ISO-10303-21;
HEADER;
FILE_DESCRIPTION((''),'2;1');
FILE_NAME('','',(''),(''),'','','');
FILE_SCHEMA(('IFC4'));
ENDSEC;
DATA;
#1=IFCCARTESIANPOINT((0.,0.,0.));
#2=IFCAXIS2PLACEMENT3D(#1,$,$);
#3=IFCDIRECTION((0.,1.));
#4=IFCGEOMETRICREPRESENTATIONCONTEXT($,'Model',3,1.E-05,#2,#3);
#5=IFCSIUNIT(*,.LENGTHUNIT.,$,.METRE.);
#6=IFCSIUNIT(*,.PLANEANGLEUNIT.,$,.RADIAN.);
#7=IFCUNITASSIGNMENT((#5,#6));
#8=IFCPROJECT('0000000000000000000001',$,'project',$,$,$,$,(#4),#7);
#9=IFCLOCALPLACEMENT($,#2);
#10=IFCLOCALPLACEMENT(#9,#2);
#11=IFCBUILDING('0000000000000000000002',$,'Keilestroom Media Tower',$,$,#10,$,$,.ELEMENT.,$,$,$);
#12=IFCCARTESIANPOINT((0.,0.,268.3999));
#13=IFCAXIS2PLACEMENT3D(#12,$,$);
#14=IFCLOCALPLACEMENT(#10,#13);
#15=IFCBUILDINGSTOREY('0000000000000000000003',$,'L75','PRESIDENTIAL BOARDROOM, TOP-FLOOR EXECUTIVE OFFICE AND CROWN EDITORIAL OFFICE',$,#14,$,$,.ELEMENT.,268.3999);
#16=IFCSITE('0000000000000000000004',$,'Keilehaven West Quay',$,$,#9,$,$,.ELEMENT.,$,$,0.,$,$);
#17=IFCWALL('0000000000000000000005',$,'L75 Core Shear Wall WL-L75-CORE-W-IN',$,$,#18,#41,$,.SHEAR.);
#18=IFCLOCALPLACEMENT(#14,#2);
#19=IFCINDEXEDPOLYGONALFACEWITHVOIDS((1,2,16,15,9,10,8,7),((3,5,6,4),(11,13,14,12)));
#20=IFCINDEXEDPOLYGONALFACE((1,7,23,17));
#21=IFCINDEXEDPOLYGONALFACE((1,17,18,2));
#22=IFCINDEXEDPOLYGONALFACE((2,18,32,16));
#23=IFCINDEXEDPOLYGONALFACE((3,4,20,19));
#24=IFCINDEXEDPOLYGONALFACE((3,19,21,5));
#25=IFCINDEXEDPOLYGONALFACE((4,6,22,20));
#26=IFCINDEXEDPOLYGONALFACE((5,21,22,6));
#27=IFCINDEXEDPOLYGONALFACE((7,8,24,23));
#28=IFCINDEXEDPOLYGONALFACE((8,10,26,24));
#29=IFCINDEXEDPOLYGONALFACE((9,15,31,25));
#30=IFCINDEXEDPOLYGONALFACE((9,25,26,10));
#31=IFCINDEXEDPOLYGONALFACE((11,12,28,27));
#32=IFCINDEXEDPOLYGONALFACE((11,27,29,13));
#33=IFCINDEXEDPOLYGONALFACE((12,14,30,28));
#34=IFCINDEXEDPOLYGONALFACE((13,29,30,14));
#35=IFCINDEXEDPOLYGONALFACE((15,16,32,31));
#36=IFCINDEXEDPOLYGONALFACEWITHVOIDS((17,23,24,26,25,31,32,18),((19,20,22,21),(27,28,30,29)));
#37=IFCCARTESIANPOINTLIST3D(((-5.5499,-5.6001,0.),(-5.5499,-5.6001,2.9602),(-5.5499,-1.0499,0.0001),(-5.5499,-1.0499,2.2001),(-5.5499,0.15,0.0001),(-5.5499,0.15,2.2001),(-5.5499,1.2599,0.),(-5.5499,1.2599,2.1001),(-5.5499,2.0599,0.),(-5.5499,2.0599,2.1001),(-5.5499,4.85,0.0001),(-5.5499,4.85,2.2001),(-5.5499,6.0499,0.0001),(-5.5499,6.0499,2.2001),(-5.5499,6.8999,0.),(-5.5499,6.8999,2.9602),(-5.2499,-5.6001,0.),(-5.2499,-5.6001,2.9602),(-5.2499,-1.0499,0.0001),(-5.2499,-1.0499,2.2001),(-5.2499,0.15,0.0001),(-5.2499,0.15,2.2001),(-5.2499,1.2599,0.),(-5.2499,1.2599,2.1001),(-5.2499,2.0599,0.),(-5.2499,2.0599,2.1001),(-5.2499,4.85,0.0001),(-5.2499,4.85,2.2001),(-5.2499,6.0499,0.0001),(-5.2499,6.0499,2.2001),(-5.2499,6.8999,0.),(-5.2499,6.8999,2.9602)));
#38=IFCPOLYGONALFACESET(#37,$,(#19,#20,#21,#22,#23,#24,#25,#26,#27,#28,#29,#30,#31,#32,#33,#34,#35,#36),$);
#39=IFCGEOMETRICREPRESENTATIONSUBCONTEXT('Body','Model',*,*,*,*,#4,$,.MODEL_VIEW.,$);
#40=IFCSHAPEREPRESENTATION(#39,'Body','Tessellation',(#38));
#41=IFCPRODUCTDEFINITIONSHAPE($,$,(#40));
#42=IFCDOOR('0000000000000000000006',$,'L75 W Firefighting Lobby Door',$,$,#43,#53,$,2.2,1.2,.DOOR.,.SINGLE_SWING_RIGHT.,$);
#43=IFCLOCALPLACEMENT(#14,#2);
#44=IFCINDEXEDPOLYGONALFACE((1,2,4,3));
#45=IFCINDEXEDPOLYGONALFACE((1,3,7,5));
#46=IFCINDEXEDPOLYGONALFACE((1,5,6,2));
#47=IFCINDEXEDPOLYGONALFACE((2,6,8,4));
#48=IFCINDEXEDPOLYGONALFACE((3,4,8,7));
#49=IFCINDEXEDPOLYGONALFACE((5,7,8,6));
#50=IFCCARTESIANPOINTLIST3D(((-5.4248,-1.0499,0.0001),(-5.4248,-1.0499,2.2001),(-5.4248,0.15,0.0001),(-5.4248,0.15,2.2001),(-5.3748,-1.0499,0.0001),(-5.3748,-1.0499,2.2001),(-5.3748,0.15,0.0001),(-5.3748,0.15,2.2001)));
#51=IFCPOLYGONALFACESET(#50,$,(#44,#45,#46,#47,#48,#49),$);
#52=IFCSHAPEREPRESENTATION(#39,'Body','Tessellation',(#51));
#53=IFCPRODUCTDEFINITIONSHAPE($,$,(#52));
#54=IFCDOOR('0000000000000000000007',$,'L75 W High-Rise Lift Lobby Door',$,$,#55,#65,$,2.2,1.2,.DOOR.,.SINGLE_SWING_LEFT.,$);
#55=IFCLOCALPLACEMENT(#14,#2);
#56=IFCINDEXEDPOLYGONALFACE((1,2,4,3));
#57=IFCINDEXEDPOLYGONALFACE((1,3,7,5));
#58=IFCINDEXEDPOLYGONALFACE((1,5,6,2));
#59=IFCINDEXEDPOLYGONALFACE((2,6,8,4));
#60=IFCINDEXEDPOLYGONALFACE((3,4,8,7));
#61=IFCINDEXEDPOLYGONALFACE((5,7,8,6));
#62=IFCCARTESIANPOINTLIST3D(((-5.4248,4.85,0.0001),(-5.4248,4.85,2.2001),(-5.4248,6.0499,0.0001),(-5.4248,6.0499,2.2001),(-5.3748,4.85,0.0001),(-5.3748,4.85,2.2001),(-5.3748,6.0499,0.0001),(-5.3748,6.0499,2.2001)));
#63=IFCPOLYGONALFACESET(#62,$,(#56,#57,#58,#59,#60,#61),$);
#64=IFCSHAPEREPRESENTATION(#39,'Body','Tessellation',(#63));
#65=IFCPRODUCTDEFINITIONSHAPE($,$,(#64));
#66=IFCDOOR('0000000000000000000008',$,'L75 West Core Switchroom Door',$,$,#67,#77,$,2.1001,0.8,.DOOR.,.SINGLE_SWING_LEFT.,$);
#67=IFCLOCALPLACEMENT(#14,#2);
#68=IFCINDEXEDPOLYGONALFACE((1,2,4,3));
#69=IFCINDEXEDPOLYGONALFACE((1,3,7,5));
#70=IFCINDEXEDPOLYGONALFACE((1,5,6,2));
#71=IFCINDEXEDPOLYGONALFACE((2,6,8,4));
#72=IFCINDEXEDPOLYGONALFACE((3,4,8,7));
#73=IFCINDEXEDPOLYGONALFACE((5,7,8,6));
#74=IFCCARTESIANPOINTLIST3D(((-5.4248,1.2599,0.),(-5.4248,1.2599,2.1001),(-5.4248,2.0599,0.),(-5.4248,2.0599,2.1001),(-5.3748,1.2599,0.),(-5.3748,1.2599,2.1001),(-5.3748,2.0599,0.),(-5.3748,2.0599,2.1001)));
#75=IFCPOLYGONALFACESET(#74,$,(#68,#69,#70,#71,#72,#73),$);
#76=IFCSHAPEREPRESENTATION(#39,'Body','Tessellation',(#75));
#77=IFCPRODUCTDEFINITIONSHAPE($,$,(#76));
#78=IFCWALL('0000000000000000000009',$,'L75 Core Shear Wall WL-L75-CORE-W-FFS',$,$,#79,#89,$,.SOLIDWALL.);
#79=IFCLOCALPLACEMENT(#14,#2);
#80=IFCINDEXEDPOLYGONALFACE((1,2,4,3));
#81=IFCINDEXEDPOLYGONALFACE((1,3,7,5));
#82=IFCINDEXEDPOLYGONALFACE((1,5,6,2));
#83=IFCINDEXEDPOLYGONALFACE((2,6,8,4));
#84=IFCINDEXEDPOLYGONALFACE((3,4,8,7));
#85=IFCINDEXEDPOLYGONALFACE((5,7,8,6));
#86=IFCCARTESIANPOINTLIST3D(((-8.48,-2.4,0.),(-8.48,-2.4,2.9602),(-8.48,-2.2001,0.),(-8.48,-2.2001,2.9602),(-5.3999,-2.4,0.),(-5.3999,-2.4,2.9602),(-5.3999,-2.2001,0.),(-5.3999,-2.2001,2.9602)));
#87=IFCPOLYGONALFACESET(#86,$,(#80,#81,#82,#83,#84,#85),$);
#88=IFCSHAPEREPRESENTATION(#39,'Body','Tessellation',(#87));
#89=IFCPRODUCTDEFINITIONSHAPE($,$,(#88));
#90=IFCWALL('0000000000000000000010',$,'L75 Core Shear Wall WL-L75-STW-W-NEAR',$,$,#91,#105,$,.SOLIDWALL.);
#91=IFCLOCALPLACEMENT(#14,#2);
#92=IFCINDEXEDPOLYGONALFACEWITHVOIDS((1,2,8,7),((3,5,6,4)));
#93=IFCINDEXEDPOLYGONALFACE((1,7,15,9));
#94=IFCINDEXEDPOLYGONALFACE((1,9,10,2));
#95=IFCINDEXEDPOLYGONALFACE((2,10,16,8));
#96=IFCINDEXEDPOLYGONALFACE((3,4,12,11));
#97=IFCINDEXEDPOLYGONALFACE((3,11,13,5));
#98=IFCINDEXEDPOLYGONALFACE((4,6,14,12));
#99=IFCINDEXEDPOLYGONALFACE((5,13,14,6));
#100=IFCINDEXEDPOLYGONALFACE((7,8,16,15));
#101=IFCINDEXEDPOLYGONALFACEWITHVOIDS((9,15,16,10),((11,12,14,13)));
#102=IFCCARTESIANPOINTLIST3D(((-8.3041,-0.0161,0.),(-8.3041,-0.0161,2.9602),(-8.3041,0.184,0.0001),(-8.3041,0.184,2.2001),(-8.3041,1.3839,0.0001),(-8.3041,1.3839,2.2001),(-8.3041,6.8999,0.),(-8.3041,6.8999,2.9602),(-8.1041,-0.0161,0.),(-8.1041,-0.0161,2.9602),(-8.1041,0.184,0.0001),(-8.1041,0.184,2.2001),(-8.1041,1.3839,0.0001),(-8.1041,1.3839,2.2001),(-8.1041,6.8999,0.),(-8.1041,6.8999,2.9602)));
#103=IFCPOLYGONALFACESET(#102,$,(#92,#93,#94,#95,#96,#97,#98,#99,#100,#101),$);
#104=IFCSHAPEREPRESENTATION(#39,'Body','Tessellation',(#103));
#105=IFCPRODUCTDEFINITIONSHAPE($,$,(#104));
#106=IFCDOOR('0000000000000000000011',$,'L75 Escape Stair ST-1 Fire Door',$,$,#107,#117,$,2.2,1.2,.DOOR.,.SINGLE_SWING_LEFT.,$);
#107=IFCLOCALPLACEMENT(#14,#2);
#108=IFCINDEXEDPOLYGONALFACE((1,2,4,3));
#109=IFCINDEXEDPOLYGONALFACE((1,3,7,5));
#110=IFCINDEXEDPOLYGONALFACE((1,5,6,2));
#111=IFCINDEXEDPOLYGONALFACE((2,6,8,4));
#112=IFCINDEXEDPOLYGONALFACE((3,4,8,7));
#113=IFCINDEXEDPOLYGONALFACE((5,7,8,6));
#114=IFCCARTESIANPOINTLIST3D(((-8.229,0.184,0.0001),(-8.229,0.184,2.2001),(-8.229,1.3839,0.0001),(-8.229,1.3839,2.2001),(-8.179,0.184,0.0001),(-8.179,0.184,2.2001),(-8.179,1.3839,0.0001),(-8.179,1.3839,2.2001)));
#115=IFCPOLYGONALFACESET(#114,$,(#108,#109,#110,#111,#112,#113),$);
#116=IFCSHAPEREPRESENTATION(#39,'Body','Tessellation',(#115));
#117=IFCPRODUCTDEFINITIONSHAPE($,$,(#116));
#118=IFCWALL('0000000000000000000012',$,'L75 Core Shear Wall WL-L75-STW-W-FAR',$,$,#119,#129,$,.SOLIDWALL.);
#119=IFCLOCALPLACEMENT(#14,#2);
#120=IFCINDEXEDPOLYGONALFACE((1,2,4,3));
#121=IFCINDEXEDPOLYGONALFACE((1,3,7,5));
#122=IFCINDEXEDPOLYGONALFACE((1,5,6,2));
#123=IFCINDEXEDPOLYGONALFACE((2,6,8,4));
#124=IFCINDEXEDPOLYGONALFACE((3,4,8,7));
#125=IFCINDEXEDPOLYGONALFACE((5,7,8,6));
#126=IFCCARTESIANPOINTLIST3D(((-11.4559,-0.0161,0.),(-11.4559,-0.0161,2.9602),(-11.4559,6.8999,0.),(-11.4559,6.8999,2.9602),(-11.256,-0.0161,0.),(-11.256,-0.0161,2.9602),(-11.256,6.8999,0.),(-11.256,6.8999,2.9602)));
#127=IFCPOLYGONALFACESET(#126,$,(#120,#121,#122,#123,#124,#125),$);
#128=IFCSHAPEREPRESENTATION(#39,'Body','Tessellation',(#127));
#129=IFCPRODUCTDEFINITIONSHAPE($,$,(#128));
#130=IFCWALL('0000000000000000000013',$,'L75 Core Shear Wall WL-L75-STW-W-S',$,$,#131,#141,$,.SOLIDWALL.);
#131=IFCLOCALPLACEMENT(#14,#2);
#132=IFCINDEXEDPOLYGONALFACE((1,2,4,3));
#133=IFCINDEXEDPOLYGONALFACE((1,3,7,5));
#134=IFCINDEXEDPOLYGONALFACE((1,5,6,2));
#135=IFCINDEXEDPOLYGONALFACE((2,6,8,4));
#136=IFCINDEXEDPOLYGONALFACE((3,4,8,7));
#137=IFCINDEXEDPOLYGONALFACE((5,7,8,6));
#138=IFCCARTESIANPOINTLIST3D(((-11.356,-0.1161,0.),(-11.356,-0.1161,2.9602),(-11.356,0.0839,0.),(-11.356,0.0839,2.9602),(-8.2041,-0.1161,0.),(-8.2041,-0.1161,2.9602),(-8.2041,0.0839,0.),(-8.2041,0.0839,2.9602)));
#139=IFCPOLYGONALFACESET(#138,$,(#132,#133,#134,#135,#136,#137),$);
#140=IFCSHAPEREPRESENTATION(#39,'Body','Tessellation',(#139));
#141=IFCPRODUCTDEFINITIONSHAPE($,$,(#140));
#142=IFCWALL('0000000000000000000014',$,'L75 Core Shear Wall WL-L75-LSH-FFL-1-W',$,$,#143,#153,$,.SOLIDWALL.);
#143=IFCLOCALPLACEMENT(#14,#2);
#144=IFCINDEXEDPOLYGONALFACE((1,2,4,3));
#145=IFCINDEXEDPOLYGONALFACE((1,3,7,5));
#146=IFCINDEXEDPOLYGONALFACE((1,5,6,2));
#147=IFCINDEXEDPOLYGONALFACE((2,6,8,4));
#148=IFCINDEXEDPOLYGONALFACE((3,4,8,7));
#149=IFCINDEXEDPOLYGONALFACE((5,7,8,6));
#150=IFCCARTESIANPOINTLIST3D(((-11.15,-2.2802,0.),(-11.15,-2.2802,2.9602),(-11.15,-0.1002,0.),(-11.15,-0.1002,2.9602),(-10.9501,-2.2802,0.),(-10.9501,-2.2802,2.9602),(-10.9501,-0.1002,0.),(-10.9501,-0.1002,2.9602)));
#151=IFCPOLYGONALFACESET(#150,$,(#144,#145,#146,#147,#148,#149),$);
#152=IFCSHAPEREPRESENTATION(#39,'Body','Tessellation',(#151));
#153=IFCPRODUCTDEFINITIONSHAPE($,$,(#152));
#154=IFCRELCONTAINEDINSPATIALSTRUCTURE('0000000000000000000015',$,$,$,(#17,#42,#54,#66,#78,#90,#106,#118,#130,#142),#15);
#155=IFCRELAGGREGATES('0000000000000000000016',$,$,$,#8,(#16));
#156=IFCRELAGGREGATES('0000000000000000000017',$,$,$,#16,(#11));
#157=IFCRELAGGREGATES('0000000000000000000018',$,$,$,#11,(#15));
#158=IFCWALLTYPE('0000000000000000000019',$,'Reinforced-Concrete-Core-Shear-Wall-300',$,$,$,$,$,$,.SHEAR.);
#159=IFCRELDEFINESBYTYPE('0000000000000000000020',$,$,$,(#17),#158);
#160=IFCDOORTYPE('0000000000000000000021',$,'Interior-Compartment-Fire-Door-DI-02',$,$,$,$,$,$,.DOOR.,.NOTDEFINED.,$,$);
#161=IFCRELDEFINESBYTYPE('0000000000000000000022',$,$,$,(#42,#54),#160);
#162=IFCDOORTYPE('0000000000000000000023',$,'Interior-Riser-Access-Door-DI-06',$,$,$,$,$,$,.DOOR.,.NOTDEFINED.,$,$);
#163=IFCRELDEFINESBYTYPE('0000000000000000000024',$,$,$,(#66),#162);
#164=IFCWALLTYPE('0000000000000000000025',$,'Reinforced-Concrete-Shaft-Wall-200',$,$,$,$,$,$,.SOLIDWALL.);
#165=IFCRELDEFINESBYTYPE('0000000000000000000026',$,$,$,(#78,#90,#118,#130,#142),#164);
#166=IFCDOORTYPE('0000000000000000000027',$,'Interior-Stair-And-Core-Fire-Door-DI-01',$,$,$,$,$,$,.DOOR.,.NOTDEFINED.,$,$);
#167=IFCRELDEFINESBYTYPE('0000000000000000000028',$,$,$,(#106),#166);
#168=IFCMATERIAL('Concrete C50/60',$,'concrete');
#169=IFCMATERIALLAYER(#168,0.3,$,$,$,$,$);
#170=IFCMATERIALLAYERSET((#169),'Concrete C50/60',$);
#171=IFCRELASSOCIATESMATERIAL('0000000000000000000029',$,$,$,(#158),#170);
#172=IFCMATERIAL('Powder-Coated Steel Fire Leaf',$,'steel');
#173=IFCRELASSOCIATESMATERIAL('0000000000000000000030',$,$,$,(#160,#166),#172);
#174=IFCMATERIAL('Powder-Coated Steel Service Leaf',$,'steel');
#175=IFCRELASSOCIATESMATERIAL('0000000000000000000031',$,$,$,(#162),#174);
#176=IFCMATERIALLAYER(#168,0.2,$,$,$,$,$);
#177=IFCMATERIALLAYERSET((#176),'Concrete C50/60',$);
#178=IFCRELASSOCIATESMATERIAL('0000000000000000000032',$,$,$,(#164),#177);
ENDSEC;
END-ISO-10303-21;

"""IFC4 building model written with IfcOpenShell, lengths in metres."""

from ifc_helpers import new_model, si_unit, direction, frame, frame_2d, origin, place, context, subcontext, project, spatial, rectangle, extrude, source, transform, mapped, material, layer, layer_set, type_object, element, fill, save


model = new_model("IFC4")

# Units and contexts
model_context = context("Model", 3, precision=1e-05, world=origin(), true_north=direction((0.0, 1.0)))
body_context = subcontext(model_context, "Body", "Model", "MODEL_VIEW")
ifc_project = project(units=[si_unit("LENGTHUNIT", "METRE"), si_unit("PLANEANGLEUNIT", "RADIAN")], contexts=[model_context])

# Site, building, storey
site_placement = place(None, origin())
site = spatial("IfcSite", under=ifc_project, at=site_placement, Name="Keilehaven West Quay", CompositionType="ELEMENT", RefElevation=0.0)
building_placement = place(site_placement, origin())
building = spatial("IfcBuilding", under=site, at=building_placement, Name="Keilestroom Media Tower", CompositionType="ELEMENT")
storey_placement = place(building_placement, frame((0.0, 0.0, 268.3999)))
storey = spatial("IfcBuildingStorey", under=building, at=storey_placement, Name="L75", Description="PRESIDENTIAL BOARDROOM, TOP-FLOOR EXECUTIVE OFFICE AND CROWN EDITORIAL OFFICE", CompositionType="ELEMENT", Elevation=268.3999)

# Wall, openings, doors
ifc_material_1 = material(Name="Concrete C50/60", Category="concrete")
ifc_layer_1 = layer(ifc_material_1, 0.3)
ifc_layer_set_1 = layer_set([ifc_layer_1], Name="Concrete C50/60")
wall_type_1 = type_object("IfcWallType", Name="Reinforced-Concrete-Core-Shear-Wall-300", PredefinedType="SHEAR", material=ifc_layer_set_1)
wall_1_placement = place(storey_placement, frame((-5.3999, -5.6001, 0.0), z_axis=(0.0, 0.0, 1.0), x_axis=(0.0, 1.0, 0.0)))
wall_1 = element("IfcWall", 1, at=wall_1_placement, inside=storey, type_object=wall_type_1, Name="L75 Core Shear Wall WL-L75-CORE-W-IN", PredefinedType="SHEAR", context=body_context, shape_type="SweptSolid", body=[
    extrude(rectangle(XDim=12.5, YDim=0.3, at=frame_2d((6.25, 0.0))), origin(), (0.0, 0.0, 1.0), 2.9602),
])
opening_1_placement = place(wall_1_placement, frame((4.55, 0.0, 0.0)))
opening_1 = element("IfcOpeningElement", 2, at=opening_1_placement, cuts=wall_1, PredefinedType="OPENING", context=body_context, shape_type="SweptSolid", body=[
    extrude(rectangle(XDim=1.2, YDim=2.2, at=frame_2d((0.6001, 1.1001))), frame((0.0, 0.1602, 0.0), z_axis=(0.0, -1.0, 0.0), x_axis=(1.0, 0.0, 0.0)), (0.0, 0.0, 1.0), 0.3201),
])
opening_2_placement = place(wall_1_placement, frame((10.45, 0.0, 0.0)))
opening_2 = element("IfcOpeningElement", 3, at=opening_2_placement, cuts=wall_1, PredefinedType="OPENING", context=body_context, shape_type="SweptSolid", body=[
    extrude(rectangle(XDim=1.2, YDim=2.2, at=frame_2d((0.6001, 1.1001))), frame((0.0, 0.1602, 0.0), z_axis=(0.0, -1.0, 0.0), x_axis=(1.0, 0.0, 0.0)), (0.0, 0.0, 1.0), 0.3201),
])
opening_3_placement = place(wall_1_placement, frame((6.8601, 0.0, 0.0)))
opening_3 = element("IfcOpeningElement", 4, at=opening_3_placement, cuts=wall_1, PredefinedType="OPENING", context=body_context, shape_type="SweptSolid", body=[
    extrude(rectangle(XDim=0.8, YDim=2.1001, at=frame_2d((0.3999, 1.05))), frame((0.0, 0.1602, 0.0), z_axis=(0.0, -1.0, 0.0), x_axis=(1.0, 0.0, 0.0)), (0.0, 0.0, 1.0), 0.3201),
])
ifc_material_2 = material(Name="Powder-Coated Steel Fire Leaf", Category="steel")
door_type_1 = type_object("IfcDoorType", Name="Interior-Compartment-Fire-Door-DI-02", OperationType="NOTDEFINED", PredefinedType="DOOR", material=ifc_material_2)
shared_shape_1 = source(origin(), body_context, "Body", "SweptSolid", [
    extrude(rectangle(XDim=1.2, YDim=2.2, at=frame_2d((0.6001, 1.1001))), frame((0.0, 0.0249, 0.0), z_axis=(0.0, -1.0, 0.0), x_axis=(1.0, 0.0, 0.0)), (0.0, 0.0, 1.0), 0.05),
])
door_1_placement = place(opening_1_placement, origin())
door_1 = element("IfcDoor", 5, at=door_1_placement, inside=storey, type_object=door_type_1, Name="L75 W Firefighting Lobby Door", OperationType="SINGLE_SWING_RIGHT", OverallHeight=2.2, OverallWidth=1.2, PredefinedType="DOOR", context=body_context, shape_type="MappedRepresentation", body=[
    mapped(shared_shape_1, transform((0.0, 0.0, 0.0), x_axis=(1.0, 0.0, 0.0), y_axis=(0.0, 1.0, 0.0), z_axis=(0.0, 0.0, 1.0), scale=1.0)),
])
fill(opening_1, door_1)
door_2_placement = place(opening_2_placement, origin())
door_2 = element("IfcDoor", 6, at=door_2_placement, inside=storey, type_object=door_type_1, Name="L75 W High-Rise Lift Lobby Door", OperationType="SINGLE_SWING_LEFT", OverallHeight=2.2, OverallWidth=1.2, PredefinedType="DOOR", context=body_context, shape_type="MappedRepresentation", body=[
    mapped(shared_shape_1, transform((0.0, 0.0, 0.0), x_axis=(1.0, 0.0, 0.0), y_axis=(0.0, 1.0, 0.0), z_axis=(0.0, 0.0, 1.0), scale=1.0)),
])
fill(opening_2, door_2)
ifc_material_3 = material(Name="Powder-Coated Steel Service Leaf", Category="steel")
door_type_2 = type_object("IfcDoorType", Name="Interior-Riser-Access-Door-DI-06", OperationType="NOTDEFINED", PredefinedType="DOOR", material=ifc_material_3)
shared_shape_2 = source(origin(), body_context, "Body", "SweptSolid", [
    extrude(rectangle(XDim=0.8, YDim=2.1001, at=frame_2d((0.3999, 1.05))), frame((0.0, 0.0249, 0.0), z_axis=(0.0, -1.0, 0.0), x_axis=(1.0, 0.0, 0.0)), (0.0, 0.0, 1.0), 0.05),
])
door_3_placement = place(opening_3_placement, origin())
door_3 = element("IfcDoor", 7, at=door_3_placement, inside=storey, type_object=door_type_2, Name="L75 West Core Switchroom Door", OperationType="SINGLE_SWING_LEFT", OverallHeight=2.1001, OverallWidth=0.8, PredefinedType="DOOR", context=body_context, shape_type="MappedRepresentation", body=[
    mapped(shared_shape_2, transform((0.0, 0.0, 0.0), x_axis=(1.0, 0.0, 0.0), y_axis=(0.0, 1.0, 0.0), z_axis=(0.0, 0.0, 1.0), scale=1.0)),
])
fill(opening_3, door_3)

# Wall
ifc_layer_2 = layer(ifc_material_1, 0.2)
ifc_layer_set_2 = layer_set([ifc_layer_2], Name="Concrete C50/60")
wall_type_2 = type_object("IfcWallType", Name="Reinforced-Concrete-Shaft-Wall-200", PredefinedType="SOLIDWALL", material=ifc_layer_set_2)
wall_2_placement = place(storey_placement, frame((-8.48, -2.3, 0.0), z_axis=(0.0, 0.0, 1.0), x_axis=(1.0, 0.0, 0.0)))
element("IfcWall", 8, at=wall_2_placement, inside=storey, type_object=wall_type_2, Name="L75 Core Shear Wall WL-L75-CORE-W-FFS", PredefinedType="SOLIDWALL", context=body_context, shape_type="SweptSolid", body=[
    extrude(rectangle(XDim=3.0801, YDim=0.2, at=frame_2d((1.54, 0.0))), origin(), (0.0, 0.0, 1.0), 2.9602),
])

# Wall, opening, door
wall_3_placement = place(storey_placement, frame((-8.2041, -0.0161, 0.0), z_axis=(0.0, 0.0, 1.0), x_axis=(0.0, 1.0, 0.0)))
wall_3 = element("IfcWall", 9, at=wall_3_placement, inside=storey, type_object=wall_type_2, Name="L75 Core Shear Wall WL-L75-STW-W-NEAR", PredefinedType="SOLIDWALL", context=body_context, shape_type="SweptSolid", body=[
    extrude(rectangle(XDim=6.916, YDim=0.2, at=frame_2d((3.458, 0.0))), origin(), (0.0, 0.0, 1.0), 2.9602),
])
opening_4_placement = place(wall_3_placement, frame((0.2, 0.0, 0.0)))
opening_4 = element("IfcOpeningElement", 10, at=opening_4_placement, cuts=wall_3, PredefinedType="OPENING", context=body_context, shape_type="SweptSolid", body=[
    extrude(rectangle(XDim=1.2, YDim=2.2, at=frame_2d((0.6001, 1.1001))), frame((0.0, 0.1099, 0.0), z_axis=(0.0, -1.0, 0.0), x_axis=(1.0, 0.0, 0.0)), (0.0, 0.0, 1.0), 0.22),
])
door_type_3 = type_object("IfcDoorType", Name="Interior-Stair-And-Core-Fire-Door-DI-01", OperationType="NOTDEFINED", PredefinedType="DOOR", material=ifc_material_2)
door_4_placement = place(opening_4_placement, origin())
door_4 = element("IfcDoor", 11, at=door_4_placement, inside=storey, type_object=door_type_3, Name="L75 Escape Stair ST-1 Fire Door", OperationType="SINGLE_SWING_LEFT", OverallHeight=2.2, OverallWidth=1.2, PredefinedType="DOOR", context=body_context, shape_type="MappedRepresentation", body=[
    mapped(shared_shape_1, transform((0.0, 0.0, 0.0), x_axis=(1.0, 0.0, 0.0), y_axis=(0.0, 1.0, 0.0), z_axis=(0.0, 0.0, 1.0), scale=1.0)),
])
fill(opening_4, door_4)

# Walls
wall_4_placement = place(storey_placement, frame((-11.356, -0.0161, 0.0), z_axis=(0.0, 0.0, 1.0), x_axis=(0.0, 1.0, 0.0)))
element("IfcWall", 12, at=wall_4_placement, inside=storey, type_object=wall_type_2, Name="L75 Core Shear Wall WL-L75-STW-W-FAR", PredefinedType="SOLIDWALL", context=body_context, shape_type="SweptSolid", body=[
    extrude(rectangle(XDim=6.916, YDim=0.2, at=frame_2d((3.458, 0.0))), origin(), (0.0, 0.0, 1.0), 2.9602),
])
wall_5_placement = place(storey_placement, frame((-11.356, -0.0161, 0.0), z_axis=(0.0, 0.0, 1.0), x_axis=(1.0, 0.0, 0.0)))
element("IfcWall", 13, at=wall_5_placement, inside=storey, type_object=wall_type_2, Name="L75 Core Shear Wall WL-L75-STW-W-S", PredefinedType="SOLIDWALL", context=body_context, shape_type="SweptSolid", body=[
    extrude(rectangle(XDim=3.1519, YDim=0.2, at=frame_2d((1.5759, 0.0))), origin(), (0.0, 0.0, 1.0), 2.9602),
])
wall_6_placement = place(storey_placement, frame((-11.05, -2.28, 0.0), z_axis=(0.0, 0.0, 1.0), x_axis=(0.0, 1.0, 0.0)))
element("IfcWall", 14, at=wall_6_placement, inside=storey, type_object=wall_type_2, Name="L75 Core Shear Wall WL-L75-LSH-FFL-1-W", PredefinedType="SOLIDWALL", context=body_context, shape_type="SweptSolid", body=[
    extrude(rectangle(XDim=2.1799, YDim=0.2, at=frame_2d((1.0898, 0.0))), origin(), (0.0, 0.0, 1.0), 2.9602),
])

save(model, "model.ifc")
